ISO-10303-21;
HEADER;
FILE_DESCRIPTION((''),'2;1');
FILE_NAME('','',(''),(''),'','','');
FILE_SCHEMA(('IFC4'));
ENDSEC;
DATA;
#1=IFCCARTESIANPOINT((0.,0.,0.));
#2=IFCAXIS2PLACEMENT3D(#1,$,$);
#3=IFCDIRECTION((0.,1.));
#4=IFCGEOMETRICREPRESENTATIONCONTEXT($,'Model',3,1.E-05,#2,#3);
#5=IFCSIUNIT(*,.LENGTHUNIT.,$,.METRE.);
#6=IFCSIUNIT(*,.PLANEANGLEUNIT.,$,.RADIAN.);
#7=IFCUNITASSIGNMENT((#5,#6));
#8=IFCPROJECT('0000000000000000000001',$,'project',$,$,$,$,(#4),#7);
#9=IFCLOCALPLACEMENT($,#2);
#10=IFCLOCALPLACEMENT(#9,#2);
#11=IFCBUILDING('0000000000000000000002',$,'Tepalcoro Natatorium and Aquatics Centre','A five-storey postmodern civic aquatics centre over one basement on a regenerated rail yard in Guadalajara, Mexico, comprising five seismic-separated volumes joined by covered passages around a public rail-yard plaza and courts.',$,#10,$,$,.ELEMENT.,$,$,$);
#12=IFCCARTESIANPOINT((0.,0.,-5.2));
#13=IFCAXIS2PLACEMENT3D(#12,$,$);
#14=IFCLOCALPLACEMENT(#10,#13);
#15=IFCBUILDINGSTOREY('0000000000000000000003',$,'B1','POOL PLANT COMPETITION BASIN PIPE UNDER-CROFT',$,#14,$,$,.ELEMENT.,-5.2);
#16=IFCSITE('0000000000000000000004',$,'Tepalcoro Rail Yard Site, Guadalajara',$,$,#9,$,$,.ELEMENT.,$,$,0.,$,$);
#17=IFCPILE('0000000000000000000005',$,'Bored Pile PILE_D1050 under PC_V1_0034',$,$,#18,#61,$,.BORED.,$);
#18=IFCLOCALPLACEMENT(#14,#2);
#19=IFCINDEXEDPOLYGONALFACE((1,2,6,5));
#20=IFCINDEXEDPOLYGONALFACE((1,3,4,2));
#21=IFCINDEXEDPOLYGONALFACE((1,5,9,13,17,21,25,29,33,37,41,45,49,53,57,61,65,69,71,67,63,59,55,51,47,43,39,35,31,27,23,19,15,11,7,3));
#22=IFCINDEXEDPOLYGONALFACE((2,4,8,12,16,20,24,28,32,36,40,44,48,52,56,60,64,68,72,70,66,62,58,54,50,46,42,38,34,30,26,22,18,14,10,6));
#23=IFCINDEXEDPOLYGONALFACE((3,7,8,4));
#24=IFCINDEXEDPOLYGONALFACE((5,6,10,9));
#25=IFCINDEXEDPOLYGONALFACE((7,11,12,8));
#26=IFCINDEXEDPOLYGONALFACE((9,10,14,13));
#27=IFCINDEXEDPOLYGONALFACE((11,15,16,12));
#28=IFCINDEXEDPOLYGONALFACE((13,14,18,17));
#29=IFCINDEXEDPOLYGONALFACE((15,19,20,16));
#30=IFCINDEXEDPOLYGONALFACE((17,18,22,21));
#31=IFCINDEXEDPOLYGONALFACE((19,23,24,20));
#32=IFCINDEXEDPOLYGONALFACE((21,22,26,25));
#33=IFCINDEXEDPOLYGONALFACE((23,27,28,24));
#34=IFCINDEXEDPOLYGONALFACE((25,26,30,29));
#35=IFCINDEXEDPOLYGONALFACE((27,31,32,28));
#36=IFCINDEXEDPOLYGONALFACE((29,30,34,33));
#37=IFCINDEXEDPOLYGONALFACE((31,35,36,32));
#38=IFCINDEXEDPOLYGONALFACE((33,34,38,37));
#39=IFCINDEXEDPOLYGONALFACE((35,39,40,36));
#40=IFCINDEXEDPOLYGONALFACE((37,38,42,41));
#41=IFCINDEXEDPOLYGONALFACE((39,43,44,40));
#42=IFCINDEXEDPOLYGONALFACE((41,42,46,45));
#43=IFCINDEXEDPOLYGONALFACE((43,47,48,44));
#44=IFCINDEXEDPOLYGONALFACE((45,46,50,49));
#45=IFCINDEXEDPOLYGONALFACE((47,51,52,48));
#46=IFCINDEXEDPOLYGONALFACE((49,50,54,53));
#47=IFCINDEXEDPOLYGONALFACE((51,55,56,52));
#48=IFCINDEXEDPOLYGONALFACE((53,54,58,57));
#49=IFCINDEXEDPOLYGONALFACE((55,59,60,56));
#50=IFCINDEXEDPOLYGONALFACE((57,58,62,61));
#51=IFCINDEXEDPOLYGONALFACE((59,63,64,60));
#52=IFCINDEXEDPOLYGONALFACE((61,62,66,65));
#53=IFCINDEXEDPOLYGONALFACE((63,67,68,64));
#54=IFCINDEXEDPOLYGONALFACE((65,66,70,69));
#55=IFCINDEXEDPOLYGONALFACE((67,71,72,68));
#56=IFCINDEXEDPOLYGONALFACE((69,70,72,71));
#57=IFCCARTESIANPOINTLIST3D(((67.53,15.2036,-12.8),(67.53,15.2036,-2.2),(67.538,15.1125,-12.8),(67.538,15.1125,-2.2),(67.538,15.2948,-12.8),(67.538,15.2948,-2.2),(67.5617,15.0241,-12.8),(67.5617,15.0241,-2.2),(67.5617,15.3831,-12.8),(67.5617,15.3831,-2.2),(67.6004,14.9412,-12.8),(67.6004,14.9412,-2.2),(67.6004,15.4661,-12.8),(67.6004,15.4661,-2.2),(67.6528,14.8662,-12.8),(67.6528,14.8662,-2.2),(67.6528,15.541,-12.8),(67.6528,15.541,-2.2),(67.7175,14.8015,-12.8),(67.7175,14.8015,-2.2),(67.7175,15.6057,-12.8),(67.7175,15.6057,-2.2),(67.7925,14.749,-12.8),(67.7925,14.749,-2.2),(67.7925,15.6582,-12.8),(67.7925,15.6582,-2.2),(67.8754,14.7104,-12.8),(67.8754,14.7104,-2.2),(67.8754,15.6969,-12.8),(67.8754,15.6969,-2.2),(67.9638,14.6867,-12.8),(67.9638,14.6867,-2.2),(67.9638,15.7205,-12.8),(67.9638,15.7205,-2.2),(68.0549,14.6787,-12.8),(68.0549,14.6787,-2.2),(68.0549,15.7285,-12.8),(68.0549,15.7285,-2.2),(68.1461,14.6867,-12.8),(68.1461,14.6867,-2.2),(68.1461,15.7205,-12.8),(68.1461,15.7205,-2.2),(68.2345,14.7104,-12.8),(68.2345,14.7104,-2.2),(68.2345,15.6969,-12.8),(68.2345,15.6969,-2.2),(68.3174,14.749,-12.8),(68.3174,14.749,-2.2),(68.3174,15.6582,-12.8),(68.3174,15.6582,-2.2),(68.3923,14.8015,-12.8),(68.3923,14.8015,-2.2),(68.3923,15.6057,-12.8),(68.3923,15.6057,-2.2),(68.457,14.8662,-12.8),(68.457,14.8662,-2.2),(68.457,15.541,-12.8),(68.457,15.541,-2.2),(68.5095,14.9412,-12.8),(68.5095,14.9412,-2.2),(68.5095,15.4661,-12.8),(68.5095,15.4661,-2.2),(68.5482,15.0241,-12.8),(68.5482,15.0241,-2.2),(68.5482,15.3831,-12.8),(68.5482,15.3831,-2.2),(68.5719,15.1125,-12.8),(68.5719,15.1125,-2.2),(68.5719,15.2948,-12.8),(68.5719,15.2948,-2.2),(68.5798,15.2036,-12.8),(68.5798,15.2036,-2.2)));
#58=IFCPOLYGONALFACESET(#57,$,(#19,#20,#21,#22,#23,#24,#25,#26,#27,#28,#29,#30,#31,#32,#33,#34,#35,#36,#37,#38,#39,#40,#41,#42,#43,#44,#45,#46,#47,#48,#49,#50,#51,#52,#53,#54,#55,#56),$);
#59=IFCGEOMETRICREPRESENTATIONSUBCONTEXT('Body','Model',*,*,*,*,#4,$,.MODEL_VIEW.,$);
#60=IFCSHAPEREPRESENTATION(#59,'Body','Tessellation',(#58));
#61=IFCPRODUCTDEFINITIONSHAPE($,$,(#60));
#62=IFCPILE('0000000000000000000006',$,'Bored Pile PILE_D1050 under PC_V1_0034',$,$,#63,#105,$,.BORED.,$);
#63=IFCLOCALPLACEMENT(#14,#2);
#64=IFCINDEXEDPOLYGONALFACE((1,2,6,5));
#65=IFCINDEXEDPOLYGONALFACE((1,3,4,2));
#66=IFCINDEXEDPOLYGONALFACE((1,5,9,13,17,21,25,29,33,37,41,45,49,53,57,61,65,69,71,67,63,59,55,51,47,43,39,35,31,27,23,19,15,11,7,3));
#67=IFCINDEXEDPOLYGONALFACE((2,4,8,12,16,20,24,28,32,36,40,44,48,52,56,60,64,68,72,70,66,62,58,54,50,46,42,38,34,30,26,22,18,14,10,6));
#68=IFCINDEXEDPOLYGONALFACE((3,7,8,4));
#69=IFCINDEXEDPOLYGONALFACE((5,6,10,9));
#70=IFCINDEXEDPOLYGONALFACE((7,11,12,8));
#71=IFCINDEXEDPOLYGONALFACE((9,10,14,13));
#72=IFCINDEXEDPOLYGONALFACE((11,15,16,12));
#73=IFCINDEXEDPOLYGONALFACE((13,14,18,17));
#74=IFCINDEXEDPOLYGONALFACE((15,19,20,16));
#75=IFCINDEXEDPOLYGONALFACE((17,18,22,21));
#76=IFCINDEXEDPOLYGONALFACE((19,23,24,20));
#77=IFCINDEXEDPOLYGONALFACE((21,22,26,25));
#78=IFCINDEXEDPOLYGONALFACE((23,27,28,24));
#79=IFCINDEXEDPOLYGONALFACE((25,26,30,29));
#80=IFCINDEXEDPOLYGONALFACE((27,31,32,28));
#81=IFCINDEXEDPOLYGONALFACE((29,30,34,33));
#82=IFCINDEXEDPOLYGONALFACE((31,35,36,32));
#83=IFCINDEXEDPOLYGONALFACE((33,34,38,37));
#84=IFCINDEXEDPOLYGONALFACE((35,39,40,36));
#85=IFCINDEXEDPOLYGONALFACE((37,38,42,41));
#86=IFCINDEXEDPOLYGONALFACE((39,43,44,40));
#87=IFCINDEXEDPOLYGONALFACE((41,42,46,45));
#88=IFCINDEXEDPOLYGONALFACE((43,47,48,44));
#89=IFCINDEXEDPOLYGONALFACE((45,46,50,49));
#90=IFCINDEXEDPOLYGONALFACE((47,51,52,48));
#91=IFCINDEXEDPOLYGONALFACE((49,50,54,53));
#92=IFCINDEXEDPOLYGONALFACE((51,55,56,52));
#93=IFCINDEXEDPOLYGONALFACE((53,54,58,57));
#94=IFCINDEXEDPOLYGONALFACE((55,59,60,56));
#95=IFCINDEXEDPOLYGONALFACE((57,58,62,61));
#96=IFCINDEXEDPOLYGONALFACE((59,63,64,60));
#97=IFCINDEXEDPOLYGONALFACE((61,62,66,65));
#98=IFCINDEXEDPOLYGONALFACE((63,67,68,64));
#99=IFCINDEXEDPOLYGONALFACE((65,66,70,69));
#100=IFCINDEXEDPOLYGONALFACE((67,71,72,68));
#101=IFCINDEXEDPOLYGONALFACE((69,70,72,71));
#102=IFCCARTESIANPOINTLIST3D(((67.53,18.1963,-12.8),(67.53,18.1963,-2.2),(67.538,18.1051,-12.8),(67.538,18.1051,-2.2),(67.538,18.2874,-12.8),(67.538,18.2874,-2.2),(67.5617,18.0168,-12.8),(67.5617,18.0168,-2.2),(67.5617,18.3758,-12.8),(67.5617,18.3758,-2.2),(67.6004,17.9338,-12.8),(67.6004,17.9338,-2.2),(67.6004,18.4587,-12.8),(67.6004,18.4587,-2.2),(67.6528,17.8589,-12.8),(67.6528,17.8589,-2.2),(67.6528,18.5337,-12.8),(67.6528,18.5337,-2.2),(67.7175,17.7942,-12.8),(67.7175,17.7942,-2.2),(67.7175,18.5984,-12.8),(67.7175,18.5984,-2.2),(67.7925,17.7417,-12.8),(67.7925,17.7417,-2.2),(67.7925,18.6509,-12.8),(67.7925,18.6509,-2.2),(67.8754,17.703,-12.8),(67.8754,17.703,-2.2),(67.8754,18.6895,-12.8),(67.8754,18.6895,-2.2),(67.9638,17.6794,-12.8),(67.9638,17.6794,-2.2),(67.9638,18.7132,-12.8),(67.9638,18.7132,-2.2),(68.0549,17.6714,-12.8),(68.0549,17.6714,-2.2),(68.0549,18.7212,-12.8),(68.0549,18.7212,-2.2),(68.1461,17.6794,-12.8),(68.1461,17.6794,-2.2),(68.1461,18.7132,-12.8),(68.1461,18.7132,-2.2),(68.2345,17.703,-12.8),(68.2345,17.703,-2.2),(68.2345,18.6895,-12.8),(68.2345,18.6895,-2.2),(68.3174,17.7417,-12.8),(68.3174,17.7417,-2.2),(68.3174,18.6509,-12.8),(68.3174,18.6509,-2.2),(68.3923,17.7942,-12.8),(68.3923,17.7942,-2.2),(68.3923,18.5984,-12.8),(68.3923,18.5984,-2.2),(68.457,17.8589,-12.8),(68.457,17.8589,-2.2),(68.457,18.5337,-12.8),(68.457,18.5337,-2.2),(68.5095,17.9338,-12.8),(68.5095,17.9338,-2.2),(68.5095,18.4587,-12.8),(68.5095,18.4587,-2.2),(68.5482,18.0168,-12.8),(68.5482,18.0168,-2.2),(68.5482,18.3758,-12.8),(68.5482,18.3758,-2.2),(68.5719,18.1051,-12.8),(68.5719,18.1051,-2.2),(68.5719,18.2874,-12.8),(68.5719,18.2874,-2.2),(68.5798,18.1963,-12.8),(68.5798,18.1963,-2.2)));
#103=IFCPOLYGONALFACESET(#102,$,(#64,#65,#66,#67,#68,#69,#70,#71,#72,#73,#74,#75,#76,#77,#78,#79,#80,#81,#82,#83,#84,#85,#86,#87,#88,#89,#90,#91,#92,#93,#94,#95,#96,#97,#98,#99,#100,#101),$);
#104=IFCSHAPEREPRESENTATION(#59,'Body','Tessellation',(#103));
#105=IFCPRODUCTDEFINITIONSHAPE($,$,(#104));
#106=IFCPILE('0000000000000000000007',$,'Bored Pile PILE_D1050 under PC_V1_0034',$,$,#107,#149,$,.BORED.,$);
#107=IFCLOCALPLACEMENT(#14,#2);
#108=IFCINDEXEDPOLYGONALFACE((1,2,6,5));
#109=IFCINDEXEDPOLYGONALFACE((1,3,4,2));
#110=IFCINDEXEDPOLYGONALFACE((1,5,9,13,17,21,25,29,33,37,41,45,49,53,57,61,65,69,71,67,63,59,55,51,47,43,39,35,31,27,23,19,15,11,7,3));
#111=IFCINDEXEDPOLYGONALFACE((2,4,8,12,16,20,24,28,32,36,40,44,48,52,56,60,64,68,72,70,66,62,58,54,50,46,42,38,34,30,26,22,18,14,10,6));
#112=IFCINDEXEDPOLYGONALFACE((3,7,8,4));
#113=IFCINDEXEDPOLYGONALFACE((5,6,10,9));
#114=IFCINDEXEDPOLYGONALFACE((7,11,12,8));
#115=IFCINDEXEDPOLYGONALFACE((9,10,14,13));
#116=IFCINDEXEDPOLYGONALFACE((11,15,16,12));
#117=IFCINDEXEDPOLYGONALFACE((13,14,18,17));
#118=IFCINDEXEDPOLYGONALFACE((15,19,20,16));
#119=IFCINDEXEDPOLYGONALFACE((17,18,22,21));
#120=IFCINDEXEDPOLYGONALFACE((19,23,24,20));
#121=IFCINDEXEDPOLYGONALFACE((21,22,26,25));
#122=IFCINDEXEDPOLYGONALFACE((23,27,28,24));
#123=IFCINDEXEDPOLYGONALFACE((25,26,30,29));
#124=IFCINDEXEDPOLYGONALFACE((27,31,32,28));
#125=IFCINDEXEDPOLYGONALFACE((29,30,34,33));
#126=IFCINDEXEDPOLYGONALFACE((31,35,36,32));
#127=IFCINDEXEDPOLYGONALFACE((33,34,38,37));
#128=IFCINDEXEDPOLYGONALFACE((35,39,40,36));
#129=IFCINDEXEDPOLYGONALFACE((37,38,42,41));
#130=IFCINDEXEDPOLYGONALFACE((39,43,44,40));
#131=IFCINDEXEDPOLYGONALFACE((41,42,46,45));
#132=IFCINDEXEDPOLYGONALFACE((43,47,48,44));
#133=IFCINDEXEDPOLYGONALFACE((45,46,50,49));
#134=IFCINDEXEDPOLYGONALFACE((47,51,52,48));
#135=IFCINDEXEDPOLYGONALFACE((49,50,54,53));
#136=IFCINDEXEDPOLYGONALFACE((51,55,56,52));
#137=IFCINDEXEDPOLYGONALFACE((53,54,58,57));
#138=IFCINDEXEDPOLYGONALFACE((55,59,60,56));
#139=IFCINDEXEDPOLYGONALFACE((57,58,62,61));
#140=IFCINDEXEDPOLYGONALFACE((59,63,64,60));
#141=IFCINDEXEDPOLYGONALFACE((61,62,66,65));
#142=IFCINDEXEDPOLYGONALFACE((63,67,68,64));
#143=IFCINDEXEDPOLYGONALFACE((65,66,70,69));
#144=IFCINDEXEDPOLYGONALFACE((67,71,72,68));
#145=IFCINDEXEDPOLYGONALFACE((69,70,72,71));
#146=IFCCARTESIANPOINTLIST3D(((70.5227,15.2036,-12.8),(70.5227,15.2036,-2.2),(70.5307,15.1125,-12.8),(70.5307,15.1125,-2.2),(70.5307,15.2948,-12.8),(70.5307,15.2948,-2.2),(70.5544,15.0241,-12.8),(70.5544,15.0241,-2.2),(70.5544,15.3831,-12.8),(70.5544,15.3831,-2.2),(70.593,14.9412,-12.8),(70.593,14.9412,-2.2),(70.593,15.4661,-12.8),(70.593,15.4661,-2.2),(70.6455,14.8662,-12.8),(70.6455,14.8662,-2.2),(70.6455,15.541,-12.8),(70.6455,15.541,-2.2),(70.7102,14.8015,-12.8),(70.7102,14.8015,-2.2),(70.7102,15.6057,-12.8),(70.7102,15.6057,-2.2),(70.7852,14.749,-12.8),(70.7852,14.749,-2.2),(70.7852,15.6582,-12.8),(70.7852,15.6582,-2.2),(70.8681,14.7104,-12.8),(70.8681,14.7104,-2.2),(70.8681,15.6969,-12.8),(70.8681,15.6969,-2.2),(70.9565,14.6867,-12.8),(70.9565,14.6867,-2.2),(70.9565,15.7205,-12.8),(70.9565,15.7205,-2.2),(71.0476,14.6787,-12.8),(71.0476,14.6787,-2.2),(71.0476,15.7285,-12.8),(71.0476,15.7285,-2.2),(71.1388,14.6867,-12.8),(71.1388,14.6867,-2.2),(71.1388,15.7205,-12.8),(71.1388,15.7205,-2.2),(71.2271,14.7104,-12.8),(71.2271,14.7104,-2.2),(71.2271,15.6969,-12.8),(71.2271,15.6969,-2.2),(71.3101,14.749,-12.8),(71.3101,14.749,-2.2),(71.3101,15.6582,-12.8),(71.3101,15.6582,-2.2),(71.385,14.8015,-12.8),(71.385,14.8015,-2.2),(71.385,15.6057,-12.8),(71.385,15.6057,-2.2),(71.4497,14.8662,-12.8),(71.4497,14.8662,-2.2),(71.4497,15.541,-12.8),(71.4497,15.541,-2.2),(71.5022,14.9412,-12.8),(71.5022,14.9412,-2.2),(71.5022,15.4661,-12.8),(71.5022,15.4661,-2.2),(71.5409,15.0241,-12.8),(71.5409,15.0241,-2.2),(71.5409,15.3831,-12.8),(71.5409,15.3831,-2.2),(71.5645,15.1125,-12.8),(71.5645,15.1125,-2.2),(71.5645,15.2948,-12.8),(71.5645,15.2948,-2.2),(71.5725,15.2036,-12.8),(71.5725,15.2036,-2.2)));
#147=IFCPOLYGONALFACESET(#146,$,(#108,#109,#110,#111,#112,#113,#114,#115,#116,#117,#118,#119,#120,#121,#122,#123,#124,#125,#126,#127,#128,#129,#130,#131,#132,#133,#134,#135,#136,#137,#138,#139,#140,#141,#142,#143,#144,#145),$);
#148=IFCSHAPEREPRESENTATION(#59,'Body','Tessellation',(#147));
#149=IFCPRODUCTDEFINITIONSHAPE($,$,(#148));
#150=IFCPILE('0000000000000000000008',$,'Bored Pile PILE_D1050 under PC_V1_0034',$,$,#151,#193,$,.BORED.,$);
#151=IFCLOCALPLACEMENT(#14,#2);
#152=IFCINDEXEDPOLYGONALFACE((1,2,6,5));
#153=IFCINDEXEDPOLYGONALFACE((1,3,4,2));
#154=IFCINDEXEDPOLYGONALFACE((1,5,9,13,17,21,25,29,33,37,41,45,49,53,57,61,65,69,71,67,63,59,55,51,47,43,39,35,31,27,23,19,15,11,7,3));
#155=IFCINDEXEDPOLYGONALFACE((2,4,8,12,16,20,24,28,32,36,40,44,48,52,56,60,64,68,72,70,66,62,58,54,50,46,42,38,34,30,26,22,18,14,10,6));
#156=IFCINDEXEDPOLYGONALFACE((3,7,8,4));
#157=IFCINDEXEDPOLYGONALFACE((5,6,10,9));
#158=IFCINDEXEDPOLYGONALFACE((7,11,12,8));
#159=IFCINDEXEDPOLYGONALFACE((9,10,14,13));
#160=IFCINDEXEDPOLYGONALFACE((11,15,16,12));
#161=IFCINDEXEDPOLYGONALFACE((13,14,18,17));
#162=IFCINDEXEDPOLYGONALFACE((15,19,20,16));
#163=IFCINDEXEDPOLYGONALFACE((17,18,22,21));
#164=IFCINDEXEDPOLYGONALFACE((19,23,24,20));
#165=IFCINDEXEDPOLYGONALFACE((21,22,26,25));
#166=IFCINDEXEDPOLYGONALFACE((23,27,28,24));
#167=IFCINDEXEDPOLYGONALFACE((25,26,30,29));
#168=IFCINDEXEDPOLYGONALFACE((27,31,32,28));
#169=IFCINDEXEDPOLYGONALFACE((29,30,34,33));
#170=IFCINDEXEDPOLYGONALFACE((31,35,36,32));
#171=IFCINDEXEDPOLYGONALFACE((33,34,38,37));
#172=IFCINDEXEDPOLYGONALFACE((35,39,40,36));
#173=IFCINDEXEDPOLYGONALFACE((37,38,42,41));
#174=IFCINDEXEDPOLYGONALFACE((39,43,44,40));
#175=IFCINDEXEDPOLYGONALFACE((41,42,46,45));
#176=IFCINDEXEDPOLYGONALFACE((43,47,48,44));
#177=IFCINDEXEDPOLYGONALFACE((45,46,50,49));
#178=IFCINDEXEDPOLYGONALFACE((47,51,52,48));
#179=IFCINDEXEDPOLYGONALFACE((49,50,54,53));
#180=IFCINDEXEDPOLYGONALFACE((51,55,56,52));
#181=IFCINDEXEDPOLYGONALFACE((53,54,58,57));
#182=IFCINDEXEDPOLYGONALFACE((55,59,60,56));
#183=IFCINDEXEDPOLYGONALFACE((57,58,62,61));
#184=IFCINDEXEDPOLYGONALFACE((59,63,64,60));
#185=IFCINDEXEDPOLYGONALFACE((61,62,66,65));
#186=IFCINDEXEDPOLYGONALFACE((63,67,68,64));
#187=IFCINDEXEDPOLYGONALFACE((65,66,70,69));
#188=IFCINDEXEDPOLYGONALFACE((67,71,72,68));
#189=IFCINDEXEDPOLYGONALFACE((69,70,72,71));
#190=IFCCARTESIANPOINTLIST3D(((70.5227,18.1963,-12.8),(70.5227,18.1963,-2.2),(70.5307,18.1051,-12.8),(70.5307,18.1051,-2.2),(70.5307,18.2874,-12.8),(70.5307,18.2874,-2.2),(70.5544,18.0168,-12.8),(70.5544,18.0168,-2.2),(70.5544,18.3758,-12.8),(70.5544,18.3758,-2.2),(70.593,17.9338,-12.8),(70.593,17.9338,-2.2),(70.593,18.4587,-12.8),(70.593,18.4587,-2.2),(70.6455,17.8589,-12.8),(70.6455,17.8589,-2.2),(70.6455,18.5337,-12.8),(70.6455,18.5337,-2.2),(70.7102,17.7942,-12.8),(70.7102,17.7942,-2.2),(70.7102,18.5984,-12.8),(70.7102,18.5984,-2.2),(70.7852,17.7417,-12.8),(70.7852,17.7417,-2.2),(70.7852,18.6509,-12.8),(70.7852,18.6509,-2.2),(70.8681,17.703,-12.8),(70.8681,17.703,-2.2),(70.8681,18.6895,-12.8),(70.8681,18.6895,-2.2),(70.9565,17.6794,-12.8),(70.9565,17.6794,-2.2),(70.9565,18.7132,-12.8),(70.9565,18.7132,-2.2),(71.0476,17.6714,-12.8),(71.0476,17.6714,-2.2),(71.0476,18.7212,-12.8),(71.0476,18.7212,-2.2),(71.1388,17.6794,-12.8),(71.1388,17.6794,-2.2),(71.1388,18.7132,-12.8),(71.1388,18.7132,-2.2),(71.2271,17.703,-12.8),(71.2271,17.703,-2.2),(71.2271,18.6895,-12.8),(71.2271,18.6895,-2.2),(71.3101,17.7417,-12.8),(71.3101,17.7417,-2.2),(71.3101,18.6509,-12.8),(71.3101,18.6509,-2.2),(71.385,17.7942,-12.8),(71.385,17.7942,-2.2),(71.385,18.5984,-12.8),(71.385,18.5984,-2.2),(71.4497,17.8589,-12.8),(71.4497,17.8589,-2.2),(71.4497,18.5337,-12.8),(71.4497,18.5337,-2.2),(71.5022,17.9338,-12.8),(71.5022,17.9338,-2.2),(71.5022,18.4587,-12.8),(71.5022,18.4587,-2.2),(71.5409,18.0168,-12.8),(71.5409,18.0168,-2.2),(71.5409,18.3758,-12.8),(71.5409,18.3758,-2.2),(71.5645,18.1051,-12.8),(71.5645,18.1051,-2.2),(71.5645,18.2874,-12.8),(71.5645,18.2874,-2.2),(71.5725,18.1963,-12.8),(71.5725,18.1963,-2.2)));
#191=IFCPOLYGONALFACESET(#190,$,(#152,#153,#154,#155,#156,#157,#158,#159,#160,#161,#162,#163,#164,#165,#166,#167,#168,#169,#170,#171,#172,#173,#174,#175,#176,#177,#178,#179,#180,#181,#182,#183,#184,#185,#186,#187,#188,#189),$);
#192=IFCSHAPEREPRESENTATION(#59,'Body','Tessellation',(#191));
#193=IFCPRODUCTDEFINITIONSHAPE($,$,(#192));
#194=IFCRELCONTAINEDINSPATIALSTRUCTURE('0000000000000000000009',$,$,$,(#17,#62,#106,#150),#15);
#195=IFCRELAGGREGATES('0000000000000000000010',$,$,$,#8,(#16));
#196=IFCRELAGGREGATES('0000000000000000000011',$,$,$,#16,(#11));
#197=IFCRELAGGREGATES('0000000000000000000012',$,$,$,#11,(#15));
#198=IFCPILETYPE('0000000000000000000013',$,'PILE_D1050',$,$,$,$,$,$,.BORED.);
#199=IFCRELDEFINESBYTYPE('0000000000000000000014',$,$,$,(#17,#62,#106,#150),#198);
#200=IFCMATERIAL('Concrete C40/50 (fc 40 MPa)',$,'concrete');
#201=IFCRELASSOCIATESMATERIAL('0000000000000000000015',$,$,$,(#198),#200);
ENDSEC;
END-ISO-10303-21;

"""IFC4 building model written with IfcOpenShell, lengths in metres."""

from ifc_helpers import new_model, si_unit, direction, frame, origin, origin_2d, place, context, subcontext, project, spatial, circle, extrude, material, material_profile, profile_set, type_object, element, save


model = new_model("IFC4")

# Units and contexts
model_context = context("Model", 3, precision=1e-05, world=origin(), true_north=direction((0.0, 1.0)))
body_context = subcontext(model_context, "Body", "Model", "MODEL_VIEW")
ifc_project = project(units=[si_unit("LENGTHUNIT", "METRE"), si_unit("PLANEANGLEUNIT", "RADIAN")], contexts=[model_context])

# Site, building, storey
site_placement = place(None, origin())
site = spatial("IfcSite", under=ifc_project, at=site_placement, Name="Tepalcoro Rail Yard Site, Guadalajara", CompositionType="ELEMENT", RefElevation=0.0)
building_placement = place(site_placement, origin())
building = spatial("IfcBuilding", under=site, at=building_placement, Name="Tepalcoro Natatorium and Aquatics Centre", Description="A five-storey postmodern civic aquatics centre over one basement on a regenerated rail yard in Guadalajara, Mexico, comprising five seismic-separated volumes joined by covered passages around a public rail-yard plaza and courts.", CompositionType="ELEMENT")
storey_placement = place(building_placement, frame((0.0, 0.0, -5.2)))
storey = spatial("IfcBuildingStorey", under=building, at=storey_placement, Name="B1", Description="POOL PLANT COMPETITION BASIN PIPE UNDER-CROFT", CompositionType="ELEMENT", Elevation=-5.2)

# Piles
ifc_material_1 = material(Name="Concrete C40/50 (fc 40 MPa)", Category="concrete")
ifc_material_profile_1 = material_profile(ifc_material_1, circle(Radius=0.5249, at=origin_2d()), Name="PILE_D1050")
ifc_profile_set_1 = profile_set([ifc_material_profile_1], Name="Concrete C40/50 (fc 40 MPa)")
pile_type_1 = type_object("IfcPileType", Name="PILE_D1050", PredefinedType="BORED", material=ifc_profile_set_1)
for number, where, z_axis, x_axis, name in (
    (1, (68.0549, 15.2036, -2.2), (0.0, 0.0, -1.0), (1.0, 0.0, 0.0), "Bored Pile PILE_D1050 under PC_V1_0034"),
    (2, (68.0549, 18.1963, -2.2), (0.0, 0.0, -1.0), (1.0, 0.0, 0.0), "Bored Pile PILE_D1050 under PC_V1_0034"),
    (3, (71.0476, 15.2036, -2.2), (0.0, 0.0, -1.0), (1.0, 0.0, 0.0), "Bored Pile PILE_D1050 under PC_V1_0034"),
    (4, (71.0476, 18.1963, -2.2), (0.0, 0.0, -1.0), (1.0, 0.0, 0.0), "Bored Pile PILE_D1050 under PC_V1_0034"),
):
    element("IfcPile", number, at=place(storey_placement, frame(where, z_axis=z_axis, x_axis=x_axis)), inside=storey, type_object=pile_type_1, Name=name, PredefinedType="BORED", context=body_context, shape_type="SweptSolid", body=[
        extrude(circle(Radius=0.5249, at=origin_2d()), origin(), (0.0, 0.0, 1.0), 10.6001),
    ])

save(model, "model.ifc")
